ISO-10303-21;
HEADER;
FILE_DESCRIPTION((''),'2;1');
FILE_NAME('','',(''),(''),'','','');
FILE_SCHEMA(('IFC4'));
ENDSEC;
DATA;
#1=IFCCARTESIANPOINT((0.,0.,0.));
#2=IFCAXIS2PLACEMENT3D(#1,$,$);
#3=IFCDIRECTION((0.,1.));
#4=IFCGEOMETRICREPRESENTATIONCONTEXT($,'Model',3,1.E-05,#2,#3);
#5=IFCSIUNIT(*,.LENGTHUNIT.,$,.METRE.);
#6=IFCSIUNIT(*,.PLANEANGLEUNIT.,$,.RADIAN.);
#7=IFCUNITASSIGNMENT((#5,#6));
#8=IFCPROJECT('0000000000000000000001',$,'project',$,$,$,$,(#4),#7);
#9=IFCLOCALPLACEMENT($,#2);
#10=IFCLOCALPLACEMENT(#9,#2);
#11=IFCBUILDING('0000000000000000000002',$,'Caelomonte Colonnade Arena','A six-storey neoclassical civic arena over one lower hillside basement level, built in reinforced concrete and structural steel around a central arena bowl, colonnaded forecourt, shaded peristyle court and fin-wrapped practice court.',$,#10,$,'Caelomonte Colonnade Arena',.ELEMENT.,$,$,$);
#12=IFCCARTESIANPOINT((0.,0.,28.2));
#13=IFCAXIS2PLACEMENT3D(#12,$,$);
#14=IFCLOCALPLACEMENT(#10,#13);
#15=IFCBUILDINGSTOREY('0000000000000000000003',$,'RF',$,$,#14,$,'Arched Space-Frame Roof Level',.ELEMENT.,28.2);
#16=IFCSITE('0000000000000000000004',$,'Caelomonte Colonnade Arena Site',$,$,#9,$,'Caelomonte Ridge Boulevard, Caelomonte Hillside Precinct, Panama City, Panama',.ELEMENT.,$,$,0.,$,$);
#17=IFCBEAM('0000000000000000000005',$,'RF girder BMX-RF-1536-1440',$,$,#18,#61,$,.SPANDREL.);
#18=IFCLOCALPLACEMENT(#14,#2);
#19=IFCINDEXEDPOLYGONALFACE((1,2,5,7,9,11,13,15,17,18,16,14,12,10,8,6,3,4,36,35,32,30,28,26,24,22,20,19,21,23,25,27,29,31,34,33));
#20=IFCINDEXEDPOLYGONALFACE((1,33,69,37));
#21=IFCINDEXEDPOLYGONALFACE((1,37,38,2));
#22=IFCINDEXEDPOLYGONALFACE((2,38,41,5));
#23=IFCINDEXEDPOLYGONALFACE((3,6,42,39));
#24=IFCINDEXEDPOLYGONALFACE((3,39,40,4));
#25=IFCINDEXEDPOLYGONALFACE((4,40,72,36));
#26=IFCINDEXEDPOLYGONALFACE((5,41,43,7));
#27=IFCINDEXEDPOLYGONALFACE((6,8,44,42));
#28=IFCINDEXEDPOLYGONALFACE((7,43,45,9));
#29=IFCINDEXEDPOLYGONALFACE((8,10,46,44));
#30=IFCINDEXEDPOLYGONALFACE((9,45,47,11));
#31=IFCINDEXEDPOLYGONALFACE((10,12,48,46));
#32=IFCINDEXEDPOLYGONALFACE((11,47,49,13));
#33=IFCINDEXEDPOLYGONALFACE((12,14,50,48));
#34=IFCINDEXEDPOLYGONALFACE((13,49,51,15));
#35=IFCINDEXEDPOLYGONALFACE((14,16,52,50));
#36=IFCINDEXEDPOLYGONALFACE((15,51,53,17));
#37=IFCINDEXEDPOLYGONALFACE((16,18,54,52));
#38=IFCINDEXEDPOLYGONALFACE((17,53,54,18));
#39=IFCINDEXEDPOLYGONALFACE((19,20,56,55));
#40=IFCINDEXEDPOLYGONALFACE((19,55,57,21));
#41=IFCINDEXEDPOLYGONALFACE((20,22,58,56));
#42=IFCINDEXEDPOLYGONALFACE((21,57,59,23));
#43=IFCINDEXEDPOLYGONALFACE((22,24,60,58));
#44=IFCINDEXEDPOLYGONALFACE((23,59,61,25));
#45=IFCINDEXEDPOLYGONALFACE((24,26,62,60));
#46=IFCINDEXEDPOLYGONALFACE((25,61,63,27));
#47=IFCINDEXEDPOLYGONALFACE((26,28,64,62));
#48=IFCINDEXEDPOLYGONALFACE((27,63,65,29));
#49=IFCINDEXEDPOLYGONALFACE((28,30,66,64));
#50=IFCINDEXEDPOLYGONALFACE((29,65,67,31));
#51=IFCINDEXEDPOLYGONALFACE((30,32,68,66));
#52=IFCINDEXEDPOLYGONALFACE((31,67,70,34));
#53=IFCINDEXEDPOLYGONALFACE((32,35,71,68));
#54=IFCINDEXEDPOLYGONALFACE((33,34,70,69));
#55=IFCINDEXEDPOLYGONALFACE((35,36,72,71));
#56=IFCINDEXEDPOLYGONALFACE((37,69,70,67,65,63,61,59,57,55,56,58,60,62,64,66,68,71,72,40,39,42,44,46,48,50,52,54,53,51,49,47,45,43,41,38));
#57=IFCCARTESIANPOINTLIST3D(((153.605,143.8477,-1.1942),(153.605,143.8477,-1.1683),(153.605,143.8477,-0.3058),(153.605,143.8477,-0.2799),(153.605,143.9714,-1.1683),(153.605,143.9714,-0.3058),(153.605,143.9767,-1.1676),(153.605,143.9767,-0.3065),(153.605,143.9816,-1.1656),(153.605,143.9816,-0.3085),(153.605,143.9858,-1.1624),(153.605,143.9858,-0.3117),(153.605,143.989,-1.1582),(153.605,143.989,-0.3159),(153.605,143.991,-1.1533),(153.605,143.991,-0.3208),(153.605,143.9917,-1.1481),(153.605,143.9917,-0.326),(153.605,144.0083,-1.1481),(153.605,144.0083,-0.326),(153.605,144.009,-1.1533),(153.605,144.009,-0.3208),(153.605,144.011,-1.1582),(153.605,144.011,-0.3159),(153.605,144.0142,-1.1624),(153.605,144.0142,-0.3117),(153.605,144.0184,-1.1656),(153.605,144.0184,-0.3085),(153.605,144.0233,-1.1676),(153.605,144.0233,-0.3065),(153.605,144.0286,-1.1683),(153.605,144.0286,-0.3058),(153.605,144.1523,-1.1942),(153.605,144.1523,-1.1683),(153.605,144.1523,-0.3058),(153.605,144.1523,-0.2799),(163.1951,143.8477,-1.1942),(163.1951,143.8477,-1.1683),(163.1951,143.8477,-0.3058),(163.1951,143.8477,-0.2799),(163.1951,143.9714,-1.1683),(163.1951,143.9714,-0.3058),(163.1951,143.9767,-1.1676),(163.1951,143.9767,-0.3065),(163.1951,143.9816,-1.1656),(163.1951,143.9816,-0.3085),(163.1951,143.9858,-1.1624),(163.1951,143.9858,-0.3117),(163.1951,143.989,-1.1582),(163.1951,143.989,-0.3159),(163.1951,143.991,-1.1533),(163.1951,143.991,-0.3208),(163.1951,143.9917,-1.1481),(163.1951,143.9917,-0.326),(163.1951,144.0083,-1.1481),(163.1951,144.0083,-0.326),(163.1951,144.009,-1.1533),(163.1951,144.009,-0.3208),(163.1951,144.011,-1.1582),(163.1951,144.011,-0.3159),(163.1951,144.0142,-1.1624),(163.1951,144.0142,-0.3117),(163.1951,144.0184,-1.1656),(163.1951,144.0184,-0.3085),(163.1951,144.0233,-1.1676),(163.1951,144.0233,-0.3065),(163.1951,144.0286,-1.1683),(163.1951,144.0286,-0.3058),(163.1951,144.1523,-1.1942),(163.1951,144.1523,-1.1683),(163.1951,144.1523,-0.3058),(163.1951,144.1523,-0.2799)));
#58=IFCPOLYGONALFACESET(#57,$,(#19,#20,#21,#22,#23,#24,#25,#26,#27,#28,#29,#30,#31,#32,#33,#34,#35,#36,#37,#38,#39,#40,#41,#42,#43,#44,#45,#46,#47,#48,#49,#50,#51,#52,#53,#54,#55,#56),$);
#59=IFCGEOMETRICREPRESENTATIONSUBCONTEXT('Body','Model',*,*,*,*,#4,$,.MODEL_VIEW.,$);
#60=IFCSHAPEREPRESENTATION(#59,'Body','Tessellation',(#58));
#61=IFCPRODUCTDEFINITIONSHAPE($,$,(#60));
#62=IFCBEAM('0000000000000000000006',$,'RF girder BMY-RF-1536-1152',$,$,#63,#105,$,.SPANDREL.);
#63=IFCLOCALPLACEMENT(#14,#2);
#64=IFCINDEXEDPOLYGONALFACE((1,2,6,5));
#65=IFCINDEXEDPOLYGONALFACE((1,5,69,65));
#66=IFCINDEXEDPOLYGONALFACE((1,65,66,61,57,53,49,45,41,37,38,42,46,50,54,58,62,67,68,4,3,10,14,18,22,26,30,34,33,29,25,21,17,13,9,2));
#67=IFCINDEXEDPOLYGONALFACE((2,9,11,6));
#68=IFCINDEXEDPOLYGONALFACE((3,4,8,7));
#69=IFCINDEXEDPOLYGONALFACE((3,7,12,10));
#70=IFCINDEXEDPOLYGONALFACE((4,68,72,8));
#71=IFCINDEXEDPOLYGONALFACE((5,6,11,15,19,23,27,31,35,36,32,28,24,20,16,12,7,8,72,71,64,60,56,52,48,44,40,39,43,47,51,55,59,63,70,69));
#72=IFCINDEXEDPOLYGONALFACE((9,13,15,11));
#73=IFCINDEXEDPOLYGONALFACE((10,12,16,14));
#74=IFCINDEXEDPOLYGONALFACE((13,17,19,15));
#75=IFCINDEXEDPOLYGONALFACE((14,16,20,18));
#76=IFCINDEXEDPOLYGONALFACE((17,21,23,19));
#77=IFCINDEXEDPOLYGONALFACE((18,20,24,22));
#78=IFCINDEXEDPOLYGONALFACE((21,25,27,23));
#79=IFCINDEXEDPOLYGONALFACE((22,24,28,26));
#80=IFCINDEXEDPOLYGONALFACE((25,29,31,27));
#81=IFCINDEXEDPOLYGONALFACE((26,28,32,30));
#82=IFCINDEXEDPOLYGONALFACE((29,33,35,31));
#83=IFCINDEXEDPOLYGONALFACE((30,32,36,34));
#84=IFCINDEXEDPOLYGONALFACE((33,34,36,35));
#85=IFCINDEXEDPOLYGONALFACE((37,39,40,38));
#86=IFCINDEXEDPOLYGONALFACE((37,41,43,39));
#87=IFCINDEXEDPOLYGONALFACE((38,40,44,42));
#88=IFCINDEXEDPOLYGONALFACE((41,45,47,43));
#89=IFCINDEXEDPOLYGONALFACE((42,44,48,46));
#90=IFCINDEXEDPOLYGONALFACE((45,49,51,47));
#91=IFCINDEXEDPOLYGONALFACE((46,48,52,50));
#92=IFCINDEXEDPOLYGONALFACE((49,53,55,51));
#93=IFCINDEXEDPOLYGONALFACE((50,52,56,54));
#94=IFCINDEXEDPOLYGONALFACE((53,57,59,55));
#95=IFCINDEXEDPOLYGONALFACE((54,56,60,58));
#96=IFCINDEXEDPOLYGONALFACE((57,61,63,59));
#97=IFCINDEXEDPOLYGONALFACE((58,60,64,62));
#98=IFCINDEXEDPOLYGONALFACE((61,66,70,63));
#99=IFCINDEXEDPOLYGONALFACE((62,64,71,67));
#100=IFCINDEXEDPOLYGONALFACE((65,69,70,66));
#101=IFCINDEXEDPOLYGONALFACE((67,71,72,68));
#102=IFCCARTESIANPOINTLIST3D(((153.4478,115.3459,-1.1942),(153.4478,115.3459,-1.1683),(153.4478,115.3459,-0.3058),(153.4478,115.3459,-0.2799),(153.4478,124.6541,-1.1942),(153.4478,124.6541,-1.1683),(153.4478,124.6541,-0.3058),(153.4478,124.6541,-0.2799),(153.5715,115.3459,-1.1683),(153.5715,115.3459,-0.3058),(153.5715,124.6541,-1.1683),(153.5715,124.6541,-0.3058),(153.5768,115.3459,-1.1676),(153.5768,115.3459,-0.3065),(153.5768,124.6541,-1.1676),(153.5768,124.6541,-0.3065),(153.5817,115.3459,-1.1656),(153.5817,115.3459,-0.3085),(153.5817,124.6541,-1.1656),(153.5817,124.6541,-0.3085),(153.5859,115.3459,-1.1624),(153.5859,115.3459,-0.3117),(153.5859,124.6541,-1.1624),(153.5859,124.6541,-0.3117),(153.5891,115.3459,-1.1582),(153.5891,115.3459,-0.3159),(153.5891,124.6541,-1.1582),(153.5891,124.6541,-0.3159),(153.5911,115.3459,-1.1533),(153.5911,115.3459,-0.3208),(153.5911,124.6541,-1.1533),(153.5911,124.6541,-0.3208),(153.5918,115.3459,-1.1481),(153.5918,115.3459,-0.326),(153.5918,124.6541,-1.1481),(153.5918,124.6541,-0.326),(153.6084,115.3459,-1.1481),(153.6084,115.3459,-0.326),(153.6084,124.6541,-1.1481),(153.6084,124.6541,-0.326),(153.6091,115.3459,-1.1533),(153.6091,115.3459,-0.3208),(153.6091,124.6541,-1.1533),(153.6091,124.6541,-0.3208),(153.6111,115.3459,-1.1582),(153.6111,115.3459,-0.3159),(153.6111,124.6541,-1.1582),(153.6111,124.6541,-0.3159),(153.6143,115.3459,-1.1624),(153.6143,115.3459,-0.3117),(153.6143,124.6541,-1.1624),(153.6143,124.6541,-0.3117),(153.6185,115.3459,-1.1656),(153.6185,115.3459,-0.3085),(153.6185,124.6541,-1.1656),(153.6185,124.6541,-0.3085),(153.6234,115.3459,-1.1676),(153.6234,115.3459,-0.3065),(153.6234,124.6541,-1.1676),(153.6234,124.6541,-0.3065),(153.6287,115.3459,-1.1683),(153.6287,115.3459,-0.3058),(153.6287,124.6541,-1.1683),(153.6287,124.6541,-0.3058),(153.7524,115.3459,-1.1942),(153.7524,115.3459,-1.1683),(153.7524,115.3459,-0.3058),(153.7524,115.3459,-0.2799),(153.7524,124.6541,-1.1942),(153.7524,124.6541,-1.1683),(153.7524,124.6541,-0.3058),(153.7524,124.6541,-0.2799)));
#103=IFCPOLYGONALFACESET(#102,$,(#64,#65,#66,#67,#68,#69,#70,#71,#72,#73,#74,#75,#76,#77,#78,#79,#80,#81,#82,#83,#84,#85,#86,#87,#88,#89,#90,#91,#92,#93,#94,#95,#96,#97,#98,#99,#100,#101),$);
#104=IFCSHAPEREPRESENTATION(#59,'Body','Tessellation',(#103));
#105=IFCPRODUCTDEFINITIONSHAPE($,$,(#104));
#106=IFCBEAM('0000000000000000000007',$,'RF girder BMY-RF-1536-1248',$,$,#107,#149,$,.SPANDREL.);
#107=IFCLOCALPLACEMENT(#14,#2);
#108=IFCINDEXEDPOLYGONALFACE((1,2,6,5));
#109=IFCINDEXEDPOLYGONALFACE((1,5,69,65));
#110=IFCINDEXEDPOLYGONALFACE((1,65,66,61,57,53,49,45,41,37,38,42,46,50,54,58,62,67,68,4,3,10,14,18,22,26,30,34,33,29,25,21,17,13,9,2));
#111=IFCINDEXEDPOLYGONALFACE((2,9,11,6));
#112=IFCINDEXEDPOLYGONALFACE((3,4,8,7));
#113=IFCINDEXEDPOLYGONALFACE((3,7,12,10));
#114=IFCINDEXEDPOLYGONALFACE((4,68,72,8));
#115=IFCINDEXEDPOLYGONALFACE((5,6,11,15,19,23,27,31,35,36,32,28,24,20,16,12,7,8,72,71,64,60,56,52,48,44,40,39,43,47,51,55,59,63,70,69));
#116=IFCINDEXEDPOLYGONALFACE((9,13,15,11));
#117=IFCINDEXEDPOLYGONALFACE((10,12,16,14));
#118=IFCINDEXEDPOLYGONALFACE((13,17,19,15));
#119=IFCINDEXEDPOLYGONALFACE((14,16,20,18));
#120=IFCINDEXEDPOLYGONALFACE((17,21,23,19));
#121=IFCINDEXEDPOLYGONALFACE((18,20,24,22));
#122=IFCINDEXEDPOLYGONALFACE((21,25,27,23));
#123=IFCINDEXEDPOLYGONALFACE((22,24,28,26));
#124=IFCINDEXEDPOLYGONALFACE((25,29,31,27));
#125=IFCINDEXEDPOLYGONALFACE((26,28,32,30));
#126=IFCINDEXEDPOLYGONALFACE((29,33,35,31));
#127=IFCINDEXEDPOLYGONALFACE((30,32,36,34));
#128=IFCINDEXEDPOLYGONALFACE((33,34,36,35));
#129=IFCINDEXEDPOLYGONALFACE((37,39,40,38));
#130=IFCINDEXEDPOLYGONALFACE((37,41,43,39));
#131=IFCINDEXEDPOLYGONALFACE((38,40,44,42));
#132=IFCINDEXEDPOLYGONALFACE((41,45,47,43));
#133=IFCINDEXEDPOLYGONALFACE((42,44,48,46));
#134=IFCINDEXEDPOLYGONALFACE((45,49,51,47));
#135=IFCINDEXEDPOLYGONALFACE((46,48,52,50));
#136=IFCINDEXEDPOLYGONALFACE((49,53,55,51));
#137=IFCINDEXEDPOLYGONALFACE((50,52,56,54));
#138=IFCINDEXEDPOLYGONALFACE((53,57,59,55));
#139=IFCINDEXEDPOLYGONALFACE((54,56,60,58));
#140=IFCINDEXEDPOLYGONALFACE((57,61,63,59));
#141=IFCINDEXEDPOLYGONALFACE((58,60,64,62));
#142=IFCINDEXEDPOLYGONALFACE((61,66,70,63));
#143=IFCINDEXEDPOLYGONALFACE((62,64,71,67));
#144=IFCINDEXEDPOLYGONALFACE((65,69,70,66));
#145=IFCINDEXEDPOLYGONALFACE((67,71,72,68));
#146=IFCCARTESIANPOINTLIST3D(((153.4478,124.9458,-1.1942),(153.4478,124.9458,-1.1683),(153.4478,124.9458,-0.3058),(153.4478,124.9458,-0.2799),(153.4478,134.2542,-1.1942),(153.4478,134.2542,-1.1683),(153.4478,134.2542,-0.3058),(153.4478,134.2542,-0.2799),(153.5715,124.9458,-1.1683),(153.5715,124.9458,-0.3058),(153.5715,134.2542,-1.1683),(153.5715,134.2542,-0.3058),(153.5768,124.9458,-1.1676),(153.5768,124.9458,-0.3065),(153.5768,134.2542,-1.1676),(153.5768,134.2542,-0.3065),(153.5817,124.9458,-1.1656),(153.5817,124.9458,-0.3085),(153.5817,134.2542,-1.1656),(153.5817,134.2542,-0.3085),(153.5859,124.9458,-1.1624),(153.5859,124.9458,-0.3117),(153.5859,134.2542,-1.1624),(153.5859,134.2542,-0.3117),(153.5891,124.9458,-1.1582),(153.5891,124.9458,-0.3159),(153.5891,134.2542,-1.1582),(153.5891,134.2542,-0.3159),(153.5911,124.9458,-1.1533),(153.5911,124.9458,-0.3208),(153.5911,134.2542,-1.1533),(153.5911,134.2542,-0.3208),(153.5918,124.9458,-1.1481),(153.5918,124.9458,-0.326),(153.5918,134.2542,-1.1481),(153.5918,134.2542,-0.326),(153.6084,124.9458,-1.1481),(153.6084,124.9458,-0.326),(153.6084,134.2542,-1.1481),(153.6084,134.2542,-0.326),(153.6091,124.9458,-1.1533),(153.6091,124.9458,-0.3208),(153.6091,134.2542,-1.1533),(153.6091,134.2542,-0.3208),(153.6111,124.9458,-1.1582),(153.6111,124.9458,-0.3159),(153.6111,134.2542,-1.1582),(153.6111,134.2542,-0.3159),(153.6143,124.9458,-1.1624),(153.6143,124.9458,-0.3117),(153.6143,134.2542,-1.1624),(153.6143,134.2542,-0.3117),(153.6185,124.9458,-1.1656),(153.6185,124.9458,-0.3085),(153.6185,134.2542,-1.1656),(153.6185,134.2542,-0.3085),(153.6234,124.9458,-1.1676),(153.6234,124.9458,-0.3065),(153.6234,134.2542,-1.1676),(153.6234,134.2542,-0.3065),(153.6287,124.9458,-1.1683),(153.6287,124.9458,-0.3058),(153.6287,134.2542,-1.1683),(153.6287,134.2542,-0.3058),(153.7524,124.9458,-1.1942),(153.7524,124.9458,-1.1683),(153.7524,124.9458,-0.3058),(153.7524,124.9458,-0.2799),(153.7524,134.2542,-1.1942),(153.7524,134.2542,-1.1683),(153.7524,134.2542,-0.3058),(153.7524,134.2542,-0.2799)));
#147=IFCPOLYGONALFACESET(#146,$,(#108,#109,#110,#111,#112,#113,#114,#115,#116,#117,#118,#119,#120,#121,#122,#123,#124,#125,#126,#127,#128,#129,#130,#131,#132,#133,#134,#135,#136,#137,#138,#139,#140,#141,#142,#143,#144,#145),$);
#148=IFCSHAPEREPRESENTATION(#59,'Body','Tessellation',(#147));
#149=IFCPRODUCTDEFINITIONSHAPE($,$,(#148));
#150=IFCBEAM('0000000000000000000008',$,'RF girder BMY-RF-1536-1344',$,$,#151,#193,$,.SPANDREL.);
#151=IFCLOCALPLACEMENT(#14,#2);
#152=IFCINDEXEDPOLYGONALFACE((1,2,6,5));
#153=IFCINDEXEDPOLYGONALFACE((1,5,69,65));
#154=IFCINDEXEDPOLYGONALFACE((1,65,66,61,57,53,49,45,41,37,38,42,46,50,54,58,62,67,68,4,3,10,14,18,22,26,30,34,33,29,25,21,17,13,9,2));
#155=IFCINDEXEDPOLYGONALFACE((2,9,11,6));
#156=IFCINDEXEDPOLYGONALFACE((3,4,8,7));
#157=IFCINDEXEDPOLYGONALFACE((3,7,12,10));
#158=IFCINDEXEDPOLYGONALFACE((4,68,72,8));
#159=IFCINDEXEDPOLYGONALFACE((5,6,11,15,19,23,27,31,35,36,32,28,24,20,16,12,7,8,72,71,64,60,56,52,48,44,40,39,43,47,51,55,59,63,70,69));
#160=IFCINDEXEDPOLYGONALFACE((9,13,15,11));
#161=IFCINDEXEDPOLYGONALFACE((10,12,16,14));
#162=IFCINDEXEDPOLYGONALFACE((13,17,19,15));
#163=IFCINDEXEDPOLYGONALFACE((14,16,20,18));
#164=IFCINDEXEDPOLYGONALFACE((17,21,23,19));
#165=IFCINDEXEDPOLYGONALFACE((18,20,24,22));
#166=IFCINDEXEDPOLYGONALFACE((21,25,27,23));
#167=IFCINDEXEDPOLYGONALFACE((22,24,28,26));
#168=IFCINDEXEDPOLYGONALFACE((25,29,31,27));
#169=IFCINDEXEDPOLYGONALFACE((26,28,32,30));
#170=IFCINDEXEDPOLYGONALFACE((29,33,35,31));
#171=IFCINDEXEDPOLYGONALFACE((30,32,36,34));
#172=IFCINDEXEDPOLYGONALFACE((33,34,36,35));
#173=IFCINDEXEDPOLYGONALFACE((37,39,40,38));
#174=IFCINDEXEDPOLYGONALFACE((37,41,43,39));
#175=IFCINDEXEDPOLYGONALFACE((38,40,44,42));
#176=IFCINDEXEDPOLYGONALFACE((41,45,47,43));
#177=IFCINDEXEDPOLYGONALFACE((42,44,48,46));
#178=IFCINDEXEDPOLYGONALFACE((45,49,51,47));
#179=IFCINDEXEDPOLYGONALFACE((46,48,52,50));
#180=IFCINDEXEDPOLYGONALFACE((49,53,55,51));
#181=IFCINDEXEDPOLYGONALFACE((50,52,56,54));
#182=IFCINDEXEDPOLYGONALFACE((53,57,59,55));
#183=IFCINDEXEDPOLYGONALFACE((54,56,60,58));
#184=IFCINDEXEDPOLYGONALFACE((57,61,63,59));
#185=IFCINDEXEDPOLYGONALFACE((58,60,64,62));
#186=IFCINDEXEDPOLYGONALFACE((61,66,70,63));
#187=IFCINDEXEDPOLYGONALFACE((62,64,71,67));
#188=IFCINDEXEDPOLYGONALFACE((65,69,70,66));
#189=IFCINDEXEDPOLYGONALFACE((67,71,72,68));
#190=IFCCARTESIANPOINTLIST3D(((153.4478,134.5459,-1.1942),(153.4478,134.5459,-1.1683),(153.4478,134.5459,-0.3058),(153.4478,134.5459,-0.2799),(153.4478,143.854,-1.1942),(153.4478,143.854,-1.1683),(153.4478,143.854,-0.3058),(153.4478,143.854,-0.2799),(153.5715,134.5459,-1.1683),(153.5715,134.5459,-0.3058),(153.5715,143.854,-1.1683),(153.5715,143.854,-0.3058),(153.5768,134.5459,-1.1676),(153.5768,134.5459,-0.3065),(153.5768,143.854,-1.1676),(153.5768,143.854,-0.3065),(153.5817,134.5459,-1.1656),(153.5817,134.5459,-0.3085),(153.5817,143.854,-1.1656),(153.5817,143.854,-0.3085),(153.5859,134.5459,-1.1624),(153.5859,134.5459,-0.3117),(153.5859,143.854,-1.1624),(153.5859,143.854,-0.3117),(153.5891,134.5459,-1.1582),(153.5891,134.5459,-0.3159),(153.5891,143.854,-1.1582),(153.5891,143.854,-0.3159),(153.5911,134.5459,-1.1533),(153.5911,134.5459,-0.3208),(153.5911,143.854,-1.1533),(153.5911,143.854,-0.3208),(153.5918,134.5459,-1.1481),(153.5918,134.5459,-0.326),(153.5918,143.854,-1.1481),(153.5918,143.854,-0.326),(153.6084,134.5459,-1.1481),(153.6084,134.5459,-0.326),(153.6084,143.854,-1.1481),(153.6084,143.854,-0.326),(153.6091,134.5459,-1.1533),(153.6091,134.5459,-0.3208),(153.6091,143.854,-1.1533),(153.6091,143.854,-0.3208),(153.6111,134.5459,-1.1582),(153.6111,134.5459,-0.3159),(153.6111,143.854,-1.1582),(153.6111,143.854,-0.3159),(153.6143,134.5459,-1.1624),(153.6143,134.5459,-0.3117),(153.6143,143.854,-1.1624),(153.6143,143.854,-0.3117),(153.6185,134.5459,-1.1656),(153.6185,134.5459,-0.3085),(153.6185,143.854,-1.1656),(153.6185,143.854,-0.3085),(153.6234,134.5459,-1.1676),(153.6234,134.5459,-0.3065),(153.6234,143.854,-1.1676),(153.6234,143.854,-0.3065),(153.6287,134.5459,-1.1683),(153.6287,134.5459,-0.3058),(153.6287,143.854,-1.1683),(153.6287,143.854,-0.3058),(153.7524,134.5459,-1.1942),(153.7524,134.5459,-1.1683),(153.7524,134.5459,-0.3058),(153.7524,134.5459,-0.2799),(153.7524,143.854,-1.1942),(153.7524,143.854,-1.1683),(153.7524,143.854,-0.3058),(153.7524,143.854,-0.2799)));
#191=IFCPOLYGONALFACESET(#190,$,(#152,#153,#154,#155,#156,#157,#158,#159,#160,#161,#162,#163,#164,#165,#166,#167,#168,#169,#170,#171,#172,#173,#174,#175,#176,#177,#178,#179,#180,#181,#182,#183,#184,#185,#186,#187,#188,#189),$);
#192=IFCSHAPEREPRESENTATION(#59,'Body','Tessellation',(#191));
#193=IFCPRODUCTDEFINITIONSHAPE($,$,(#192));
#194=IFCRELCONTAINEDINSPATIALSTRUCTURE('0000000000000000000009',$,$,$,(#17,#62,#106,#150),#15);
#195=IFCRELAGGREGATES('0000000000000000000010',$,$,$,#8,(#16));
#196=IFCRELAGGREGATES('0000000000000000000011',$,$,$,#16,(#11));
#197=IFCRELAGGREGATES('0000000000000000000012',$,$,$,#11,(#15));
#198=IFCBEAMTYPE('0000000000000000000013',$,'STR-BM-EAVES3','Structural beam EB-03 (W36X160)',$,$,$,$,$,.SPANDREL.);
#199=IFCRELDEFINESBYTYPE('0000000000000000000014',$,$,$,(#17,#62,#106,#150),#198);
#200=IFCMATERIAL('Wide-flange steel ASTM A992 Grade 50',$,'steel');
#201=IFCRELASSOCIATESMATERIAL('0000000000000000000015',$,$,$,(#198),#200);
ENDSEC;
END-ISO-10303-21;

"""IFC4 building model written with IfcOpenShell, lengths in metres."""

from ifc_helpers import new_model, si_unit, direction, frame, origin, origin_2d, place, context, subcontext, project, spatial, i_section, extrude, material, material_profile, profile_set, type_object, element, save


model = new_model("IFC4")

# Units and contexts
model_context = context("Model", 3, precision=1e-05, world=origin(), true_north=direction((0.0, 1.0)))
body_context = subcontext(model_context, "Body", "Model", "MODEL_VIEW")
ifc_project = project(units=[si_unit("LENGTHUNIT", "METRE"), si_unit("PLANEANGLEUNIT", "RADIAN")], contexts=[model_context])

# Site, building, storey
site_placement = place(None, origin())
site = spatial("IfcSite", under=ifc_project, at=site_placement, Name="Caelomonte Colonnade Arena Site", LongName="Caelomonte Ridge Boulevard, Caelomonte Hillside Precinct, Panama City, Panama", CompositionType="ELEMENT", RefElevation=0.0)
building_placement = place(site_placement, origin())
building = spatial("IfcBuilding", under=site, at=building_placement, Name="Caelomonte Colonnade Arena", Description="A six-storey neoclassical civic arena over one lower hillside basement level, built in reinforced concrete and structural steel around a central arena bowl, colonnaded forecourt, shaded peristyle court and fin-wrapped practice court.", LongName="Caelomonte Colonnade Arena", CompositionType="ELEMENT")
storey_placement = place(building_placement, frame((0.0, 0.0, 28.2)))
storey = spatial("IfcBuildingStorey", under=building, at=storey_placement, Name="RF", LongName="Arched Space-Frame Roof Level", CompositionType="ELEMENT", Elevation=28.2)

# Beams
ifc_material_1 = material(Name="Wide-flange steel ASTM A992 Grade 50", Category="steel")
ifc_material_profile_1 = material_profile(ifc_material_1, i_section(OverallWidth=0.3047, OverallDepth=0.9143, WebThickness=0.0166, FlangeThickness=0.0259, FilletRadius=0.0203, at=origin_2d()), Name="W36X160")
ifc_profile_set_1 = profile_set([ifc_material_profile_1], Name="Wide-flange steel ASTM A992 Grade 50")
beam_type_1 = type_object("IfcBeamType", Name="STR-BM-EAVES3", Description="Structural beam EB-03 (W36X160)", PredefinedType="SPANDREL", material=ifc_profile_set_1)
for number, where, z_axis, x_axis, name in (
    (1, (153.605, 144.0, -0.7371), (1.0, 0.0, 0.0), (0.0, 1.0, 0.0), "RF girder BMX-RF-1536-1440"),
):
    element("IfcBeam", number, at=place(storey_placement, frame(where, z_axis=z_axis, x_axis=x_axis)), inside=storey, type_object=beam_type_1, Name=name, PredefinedType="SPANDREL", context=body_context, shape_type="SweptSolid", body=[
        extrude(i_section(OverallWidth=0.3047, OverallDepth=0.9143, WebThickness=0.0166, FlangeThickness=0.0259, FilletRadius=0.0203, at=origin_2d()), origin(), (0.0, 0.0, 1.0), 9.5901),
    ])
beam_1_placement = place(storey_placement, frame((153.6001, 115.3459, -0.7371), z_axis=(0.0, 1.0, 0.0), x_axis=(-1.0, 0.0, 0.0)))
element("IfcBeam", 2, at=beam_1_placement, inside=storey, type_object=beam_type_1, Name="RF girder BMY-RF-1536-1152", PredefinedType="SPANDREL", context=body_context, shape_type="SweptSolid", body=[
    extrude(i_section(OverallWidth=0.3047, OverallDepth=0.9143, WebThickness=0.0166, FlangeThickness=0.0259, FilletRadius=0.0203, at=origin_2d()), origin(), (0.0, 0.0, 1.0), 9.3081),
])
beam_2_placement = place(storey_placement, frame((153.6001, 124.9458, -0.7371), z_axis=(0.0, 1.0, 0.0), x_axis=(-1.0, 0.0, 0.0)))
element("IfcBeam", 3, at=beam_2_placement, inside=storey, type_object=beam_type_1, Name="RF girder BMY-RF-1536-1248", PredefinedType="SPANDREL", context=body_context, shape_type="SweptSolid", body=[
    extrude(i_section(OverallWidth=0.3047, OverallDepth=0.9143, WebThickness=0.0166, FlangeThickness=0.0259, FilletRadius=0.0203, at=origin_2d()), origin(), (0.0, 0.0, 1.0), 9.3083),
])
beam_3_placement = place(storey_placement, frame((153.6001, 134.5459, -0.7371), z_axis=(0.0, 1.0, 0.0), x_axis=(-1.0, 0.0, 0.0)))
element("IfcBeam", 4, at=beam_3_placement, inside=storey, type_object=beam_type_1, Name="RF girder BMY-RF-1536-1344", PredefinedType="SPANDREL", context=body_context, shape_type="SweptSolid", body=[
    extrude(i_section(OverallWidth=0.3047, OverallDepth=0.9143, WebThickness=0.0166, FlangeThickness=0.0259, FilletRadius=0.0203, at=origin_2d()), origin(), (0.0, 0.0, 1.0), 9.3081),
])

save(model, "model.ifc")
